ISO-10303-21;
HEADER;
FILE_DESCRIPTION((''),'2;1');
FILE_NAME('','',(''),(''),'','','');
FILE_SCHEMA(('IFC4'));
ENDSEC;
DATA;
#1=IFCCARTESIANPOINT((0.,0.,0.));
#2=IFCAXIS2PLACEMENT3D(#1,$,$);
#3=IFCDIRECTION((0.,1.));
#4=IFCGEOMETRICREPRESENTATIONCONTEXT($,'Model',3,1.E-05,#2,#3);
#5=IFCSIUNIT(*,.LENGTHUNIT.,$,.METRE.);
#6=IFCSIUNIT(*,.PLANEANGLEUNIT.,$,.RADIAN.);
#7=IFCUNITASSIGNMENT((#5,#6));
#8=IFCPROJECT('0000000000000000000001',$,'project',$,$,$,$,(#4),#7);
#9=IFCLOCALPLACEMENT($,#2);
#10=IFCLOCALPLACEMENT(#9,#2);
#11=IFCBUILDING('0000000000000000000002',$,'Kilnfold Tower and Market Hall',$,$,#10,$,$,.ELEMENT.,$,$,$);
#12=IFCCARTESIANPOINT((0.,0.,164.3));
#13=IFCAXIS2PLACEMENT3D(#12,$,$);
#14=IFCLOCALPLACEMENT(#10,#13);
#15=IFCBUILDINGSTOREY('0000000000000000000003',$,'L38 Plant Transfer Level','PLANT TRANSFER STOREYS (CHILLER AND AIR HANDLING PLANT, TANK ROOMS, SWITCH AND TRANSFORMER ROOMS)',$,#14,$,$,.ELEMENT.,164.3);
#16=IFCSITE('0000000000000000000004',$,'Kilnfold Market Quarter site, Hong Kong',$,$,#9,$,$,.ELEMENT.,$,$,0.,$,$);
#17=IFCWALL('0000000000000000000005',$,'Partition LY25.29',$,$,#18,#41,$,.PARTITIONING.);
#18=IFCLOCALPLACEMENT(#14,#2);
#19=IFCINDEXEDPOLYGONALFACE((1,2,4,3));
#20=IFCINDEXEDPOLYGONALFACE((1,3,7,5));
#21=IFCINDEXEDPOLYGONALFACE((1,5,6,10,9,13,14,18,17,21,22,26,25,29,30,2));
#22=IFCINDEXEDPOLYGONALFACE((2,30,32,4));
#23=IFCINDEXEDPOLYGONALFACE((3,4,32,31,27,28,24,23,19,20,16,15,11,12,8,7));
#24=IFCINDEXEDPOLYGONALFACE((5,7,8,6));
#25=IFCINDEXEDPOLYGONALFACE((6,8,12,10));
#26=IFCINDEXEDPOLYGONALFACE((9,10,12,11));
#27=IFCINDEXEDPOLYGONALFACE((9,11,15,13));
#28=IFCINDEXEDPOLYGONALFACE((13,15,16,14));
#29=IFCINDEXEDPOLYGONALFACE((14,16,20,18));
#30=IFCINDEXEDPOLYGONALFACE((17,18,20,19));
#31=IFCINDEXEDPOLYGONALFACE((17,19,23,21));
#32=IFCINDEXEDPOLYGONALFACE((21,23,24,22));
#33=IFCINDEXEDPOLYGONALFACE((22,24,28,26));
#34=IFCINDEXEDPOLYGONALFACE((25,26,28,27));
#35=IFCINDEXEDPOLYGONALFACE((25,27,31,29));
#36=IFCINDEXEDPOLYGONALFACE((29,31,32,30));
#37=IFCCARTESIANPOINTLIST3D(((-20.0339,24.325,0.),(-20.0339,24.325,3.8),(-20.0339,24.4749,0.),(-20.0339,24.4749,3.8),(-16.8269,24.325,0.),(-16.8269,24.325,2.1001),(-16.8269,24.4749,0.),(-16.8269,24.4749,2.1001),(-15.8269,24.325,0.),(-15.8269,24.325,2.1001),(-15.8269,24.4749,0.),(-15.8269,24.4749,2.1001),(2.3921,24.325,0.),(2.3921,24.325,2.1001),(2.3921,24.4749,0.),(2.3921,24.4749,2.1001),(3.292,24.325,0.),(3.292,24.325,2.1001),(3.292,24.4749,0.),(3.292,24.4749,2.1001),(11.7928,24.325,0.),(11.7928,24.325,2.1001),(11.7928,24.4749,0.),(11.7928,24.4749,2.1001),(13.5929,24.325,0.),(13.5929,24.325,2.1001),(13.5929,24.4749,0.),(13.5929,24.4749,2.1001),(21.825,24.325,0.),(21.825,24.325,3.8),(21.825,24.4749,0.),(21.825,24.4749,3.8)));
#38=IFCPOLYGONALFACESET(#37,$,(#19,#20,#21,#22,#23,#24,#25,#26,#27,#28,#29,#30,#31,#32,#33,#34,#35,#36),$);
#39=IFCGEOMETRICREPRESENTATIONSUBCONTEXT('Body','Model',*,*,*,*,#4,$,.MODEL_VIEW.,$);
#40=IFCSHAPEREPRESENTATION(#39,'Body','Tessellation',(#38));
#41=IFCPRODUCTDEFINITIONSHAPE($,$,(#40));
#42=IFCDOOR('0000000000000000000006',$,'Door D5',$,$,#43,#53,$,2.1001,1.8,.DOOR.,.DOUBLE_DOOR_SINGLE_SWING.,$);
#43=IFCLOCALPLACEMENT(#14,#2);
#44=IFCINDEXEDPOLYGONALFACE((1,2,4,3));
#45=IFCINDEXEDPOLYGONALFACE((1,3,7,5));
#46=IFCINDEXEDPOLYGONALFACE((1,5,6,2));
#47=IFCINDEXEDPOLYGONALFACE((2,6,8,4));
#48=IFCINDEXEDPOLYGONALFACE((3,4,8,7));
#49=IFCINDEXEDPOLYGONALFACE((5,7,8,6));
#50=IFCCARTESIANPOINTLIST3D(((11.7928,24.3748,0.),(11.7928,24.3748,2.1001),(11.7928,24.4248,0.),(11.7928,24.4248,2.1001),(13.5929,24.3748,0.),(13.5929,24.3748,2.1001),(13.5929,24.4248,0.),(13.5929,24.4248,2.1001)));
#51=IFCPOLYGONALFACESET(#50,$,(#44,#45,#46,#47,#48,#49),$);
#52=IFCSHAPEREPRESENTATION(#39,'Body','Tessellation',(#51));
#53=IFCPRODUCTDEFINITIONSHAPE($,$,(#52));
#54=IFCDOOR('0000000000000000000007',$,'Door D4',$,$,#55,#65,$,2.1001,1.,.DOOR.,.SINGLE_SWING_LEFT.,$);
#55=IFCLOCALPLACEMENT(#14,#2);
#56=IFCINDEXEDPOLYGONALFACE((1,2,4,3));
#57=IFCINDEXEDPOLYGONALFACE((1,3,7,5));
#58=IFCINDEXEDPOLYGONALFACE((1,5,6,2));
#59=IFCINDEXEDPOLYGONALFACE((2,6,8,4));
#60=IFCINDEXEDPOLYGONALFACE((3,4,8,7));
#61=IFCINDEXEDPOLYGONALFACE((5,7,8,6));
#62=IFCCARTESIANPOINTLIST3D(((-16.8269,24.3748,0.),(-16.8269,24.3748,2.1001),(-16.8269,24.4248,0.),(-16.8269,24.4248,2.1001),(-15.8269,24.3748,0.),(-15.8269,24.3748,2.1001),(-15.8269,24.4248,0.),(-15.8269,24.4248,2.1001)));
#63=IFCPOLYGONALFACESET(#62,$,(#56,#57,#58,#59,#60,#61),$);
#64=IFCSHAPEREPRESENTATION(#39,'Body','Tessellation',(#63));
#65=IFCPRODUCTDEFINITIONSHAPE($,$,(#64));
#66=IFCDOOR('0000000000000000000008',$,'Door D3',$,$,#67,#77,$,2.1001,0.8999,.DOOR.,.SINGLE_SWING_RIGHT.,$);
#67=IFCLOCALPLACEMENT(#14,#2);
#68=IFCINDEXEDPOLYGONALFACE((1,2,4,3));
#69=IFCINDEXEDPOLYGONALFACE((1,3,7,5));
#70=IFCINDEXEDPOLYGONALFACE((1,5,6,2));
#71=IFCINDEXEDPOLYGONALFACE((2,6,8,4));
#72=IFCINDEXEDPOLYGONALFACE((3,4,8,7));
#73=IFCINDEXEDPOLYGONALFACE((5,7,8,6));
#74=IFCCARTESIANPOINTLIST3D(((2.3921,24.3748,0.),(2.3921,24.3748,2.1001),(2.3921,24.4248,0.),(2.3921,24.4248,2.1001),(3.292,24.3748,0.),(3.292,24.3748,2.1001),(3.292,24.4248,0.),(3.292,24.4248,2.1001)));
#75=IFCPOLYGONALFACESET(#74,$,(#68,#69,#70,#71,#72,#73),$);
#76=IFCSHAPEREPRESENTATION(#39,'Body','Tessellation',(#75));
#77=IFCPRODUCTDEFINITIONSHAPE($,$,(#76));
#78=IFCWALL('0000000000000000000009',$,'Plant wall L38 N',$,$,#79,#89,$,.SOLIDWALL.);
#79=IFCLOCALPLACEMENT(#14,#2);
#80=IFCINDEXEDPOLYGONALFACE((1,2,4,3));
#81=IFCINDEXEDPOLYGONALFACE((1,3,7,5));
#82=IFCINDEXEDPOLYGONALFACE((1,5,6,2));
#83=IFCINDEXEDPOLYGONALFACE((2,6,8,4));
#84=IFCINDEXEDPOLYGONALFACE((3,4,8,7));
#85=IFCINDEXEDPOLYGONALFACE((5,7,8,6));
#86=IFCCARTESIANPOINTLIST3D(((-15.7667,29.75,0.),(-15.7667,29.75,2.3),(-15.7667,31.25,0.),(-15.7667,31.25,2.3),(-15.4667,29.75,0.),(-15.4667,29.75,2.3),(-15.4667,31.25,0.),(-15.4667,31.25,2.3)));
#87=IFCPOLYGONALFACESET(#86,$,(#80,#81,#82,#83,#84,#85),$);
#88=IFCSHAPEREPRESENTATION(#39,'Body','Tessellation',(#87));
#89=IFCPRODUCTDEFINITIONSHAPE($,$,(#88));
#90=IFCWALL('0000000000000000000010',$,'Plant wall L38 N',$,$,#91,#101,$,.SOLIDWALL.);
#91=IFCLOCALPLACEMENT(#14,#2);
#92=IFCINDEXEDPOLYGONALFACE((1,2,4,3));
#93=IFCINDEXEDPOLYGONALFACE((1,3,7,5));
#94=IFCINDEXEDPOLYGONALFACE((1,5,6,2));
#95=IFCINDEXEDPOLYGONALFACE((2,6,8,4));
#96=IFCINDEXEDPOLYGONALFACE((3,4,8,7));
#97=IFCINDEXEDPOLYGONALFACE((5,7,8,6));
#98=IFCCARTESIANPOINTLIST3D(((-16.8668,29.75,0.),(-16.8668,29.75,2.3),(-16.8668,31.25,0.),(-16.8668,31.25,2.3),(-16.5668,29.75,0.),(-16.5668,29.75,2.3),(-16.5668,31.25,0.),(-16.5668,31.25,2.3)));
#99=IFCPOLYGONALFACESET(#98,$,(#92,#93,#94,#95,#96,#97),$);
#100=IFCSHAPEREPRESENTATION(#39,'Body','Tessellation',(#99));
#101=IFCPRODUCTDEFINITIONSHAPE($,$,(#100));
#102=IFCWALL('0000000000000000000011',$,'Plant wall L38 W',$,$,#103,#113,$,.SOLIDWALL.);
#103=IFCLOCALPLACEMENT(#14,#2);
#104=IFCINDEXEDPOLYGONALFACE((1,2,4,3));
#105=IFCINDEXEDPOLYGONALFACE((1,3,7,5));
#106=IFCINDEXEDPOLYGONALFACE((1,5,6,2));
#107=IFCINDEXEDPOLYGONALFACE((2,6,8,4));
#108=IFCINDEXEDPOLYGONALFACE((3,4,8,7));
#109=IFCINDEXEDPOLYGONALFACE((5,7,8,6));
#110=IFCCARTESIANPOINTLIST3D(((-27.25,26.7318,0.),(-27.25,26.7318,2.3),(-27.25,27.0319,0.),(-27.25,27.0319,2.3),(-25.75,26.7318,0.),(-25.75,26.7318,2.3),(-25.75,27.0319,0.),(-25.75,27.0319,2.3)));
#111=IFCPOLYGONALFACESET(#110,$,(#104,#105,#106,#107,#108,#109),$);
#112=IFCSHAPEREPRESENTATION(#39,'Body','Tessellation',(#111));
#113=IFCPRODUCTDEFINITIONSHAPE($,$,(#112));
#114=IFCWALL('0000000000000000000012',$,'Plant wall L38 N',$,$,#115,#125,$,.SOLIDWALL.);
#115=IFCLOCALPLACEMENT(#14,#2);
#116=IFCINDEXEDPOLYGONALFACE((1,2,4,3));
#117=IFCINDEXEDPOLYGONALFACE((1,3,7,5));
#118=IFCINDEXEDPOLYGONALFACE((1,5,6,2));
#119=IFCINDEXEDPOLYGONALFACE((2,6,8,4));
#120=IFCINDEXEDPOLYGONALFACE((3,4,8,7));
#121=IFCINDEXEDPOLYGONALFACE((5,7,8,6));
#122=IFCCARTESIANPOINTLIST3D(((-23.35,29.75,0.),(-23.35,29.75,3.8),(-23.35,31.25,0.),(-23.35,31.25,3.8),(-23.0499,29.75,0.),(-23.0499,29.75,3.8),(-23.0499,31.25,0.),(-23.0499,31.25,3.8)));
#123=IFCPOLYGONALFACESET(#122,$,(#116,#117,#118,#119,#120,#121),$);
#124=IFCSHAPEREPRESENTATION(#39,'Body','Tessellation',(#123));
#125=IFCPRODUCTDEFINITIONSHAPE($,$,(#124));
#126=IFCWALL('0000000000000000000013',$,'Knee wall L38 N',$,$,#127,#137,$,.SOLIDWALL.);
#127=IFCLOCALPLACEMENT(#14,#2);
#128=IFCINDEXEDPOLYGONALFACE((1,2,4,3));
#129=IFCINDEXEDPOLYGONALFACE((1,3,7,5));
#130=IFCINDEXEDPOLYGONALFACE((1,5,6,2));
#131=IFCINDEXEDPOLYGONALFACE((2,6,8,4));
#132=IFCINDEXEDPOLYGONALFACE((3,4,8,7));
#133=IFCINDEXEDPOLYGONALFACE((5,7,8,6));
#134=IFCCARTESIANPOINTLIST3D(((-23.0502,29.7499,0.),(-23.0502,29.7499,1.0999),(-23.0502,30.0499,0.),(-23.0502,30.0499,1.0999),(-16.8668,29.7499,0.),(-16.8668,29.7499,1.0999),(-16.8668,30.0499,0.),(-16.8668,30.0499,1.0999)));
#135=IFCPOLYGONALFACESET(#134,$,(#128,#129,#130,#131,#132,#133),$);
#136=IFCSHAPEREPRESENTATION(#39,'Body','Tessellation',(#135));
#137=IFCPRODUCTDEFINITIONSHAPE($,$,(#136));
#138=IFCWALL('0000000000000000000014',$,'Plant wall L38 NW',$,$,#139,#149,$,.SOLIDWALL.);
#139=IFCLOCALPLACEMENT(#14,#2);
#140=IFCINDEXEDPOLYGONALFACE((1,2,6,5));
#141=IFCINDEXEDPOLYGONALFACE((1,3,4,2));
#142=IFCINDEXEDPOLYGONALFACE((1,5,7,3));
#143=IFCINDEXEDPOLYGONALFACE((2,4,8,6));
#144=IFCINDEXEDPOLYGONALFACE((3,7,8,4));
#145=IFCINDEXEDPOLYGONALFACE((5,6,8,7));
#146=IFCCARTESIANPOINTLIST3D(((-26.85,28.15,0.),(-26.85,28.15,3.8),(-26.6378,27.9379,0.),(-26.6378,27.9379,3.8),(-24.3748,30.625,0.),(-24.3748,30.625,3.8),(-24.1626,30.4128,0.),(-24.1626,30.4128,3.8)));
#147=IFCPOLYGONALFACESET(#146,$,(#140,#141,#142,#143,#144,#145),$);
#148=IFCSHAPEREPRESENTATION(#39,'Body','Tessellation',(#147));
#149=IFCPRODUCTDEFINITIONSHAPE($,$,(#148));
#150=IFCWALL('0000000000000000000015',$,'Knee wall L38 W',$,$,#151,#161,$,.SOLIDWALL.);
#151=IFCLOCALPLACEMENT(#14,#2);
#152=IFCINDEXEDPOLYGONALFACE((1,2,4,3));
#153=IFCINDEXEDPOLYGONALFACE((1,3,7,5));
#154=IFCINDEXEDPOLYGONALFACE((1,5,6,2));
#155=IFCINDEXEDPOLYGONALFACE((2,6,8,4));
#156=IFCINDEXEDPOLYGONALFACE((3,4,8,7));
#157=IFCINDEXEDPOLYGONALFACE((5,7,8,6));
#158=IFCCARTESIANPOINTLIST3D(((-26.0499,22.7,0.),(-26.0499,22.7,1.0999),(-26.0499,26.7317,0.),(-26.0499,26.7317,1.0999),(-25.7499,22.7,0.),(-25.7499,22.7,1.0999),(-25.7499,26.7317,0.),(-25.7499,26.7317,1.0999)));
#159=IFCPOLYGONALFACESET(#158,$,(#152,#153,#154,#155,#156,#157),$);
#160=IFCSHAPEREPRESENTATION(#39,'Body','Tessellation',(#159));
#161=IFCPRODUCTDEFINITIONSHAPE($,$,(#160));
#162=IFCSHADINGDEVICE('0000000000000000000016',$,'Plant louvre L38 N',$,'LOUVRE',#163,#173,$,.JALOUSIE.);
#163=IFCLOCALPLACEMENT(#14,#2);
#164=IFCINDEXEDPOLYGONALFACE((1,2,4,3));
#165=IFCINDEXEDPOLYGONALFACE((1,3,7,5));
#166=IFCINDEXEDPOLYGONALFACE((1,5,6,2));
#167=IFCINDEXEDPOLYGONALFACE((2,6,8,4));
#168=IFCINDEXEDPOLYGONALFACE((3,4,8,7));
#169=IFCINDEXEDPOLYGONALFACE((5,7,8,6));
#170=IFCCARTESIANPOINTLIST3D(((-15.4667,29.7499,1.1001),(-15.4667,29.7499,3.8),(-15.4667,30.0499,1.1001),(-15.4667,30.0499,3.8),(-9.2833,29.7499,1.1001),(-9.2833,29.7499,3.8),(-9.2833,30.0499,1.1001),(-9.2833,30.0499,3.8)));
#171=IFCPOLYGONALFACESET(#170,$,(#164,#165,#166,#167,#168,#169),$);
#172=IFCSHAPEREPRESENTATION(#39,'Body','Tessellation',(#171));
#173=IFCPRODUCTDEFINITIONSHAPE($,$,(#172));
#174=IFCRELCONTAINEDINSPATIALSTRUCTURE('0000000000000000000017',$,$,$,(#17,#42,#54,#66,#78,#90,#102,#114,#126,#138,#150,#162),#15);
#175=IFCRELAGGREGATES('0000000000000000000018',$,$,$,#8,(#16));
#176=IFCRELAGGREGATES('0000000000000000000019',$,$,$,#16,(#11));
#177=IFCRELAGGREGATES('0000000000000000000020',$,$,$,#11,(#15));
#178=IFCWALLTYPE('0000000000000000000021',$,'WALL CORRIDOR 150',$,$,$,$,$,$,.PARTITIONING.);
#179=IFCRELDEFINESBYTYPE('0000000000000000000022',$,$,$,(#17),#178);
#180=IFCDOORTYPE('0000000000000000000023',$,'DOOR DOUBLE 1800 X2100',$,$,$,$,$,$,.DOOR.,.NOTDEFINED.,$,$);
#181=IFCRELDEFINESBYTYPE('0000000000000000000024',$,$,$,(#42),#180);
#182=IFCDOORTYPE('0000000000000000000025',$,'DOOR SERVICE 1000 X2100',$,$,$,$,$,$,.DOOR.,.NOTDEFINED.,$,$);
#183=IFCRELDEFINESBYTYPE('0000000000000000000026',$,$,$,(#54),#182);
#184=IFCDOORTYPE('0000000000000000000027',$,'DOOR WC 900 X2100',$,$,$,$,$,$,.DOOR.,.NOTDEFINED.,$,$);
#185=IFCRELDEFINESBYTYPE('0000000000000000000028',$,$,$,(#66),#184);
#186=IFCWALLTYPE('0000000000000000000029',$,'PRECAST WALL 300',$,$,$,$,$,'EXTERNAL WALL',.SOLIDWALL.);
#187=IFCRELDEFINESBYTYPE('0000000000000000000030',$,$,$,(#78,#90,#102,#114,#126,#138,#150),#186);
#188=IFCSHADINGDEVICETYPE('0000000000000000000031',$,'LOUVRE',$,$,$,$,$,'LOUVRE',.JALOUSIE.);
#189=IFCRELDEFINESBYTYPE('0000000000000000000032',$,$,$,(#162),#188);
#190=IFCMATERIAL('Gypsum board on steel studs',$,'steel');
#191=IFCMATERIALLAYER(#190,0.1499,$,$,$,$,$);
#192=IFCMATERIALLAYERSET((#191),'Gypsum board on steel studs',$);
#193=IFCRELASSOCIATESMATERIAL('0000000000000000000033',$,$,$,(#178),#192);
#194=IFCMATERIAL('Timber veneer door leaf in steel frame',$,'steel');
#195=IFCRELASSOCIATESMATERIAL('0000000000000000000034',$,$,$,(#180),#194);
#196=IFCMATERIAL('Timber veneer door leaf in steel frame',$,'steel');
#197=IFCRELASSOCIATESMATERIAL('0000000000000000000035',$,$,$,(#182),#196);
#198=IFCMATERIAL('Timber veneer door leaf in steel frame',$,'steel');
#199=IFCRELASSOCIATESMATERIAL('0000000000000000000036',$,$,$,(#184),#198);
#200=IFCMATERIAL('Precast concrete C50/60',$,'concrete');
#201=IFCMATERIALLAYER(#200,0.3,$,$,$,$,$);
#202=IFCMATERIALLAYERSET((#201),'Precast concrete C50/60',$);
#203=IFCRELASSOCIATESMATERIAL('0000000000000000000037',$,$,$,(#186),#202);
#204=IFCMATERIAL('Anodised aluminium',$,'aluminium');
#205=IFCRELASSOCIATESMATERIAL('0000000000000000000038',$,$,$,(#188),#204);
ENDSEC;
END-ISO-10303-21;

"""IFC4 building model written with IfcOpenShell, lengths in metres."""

from ifc_helpers import new_model, si_unit, direction, frame, frame_2d, origin, origin_2d, place, context, subcontext, project, spatial, rectangle, extrude, source, transform, mapped, material, layer, layer_set, type_object, element, fill, save


model = new_model("IFC4")

# Units and contexts
model_context = context("Model", 3, precision=1e-05, world=origin(), true_north=direction((0.0, 1.0)))
body_context = subcontext(model_context, "Body", "Model", "MODEL_VIEW")
ifc_project = project(units=[si_unit("LENGTHUNIT", "METRE"), si_unit("PLANEANGLEUNIT", "RADIAN")], contexts=[model_context])

# Site, building, storey
site_placement = place(None, origin())
site = spatial("IfcSite", under=ifc_project, at=site_placement, Name="Kilnfold Market Quarter site, Hong Kong", CompositionType="ELEMENT", RefElevation=0.0)
building_placement = place(site_placement, origin())
building = spatial("IfcBuilding", under=site, at=building_placement, Name="Kilnfold Tower and Market Hall", CompositionType="ELEMENT")
storey_placement = place(building_placement, frame((0.0, 0.0, 164.3)))
storey = spatial("IfcBuildingStorey", under=building, at=storey_placement, Name="L38 Plant Transfer Level", Description="PLANT TRANSFER STOREYS (CHILLER AND AIR HANDLING PLANT, TANK ROOMS, SWITCH AND TRANSFORMER ROOMS)", CompositionType="ELEMENT", Elevation=164.3)

# Wall, openings, doors
ifc_material_1 = material(Name="Gypsum board on steel studs", Category="steel")
ifc_layer_1 = layer(ifc_material_1, 0.1499)
ifc_layer_set_1 = layer_set([ifc_layer_1], Name="Gypsum board on steel studs")
wall_type_1 = type_object("IfcWallType", Name="WALL CORRIDOR 150", PredefinedType="PARTITIONING", material=ifc_layer_set_1)
wall_1_placement = place(storey_placement, frame((-20.0339, 24.3999, 0.0), z_axis=(0.0, 0.0, 1.0), x_axis=(1.0, 0.0, 0.0)))
wall_1 = element("IfcWall", 1, at=wall_1_placement, inside=storey, type_object=wall_type_1, Name="Partition LY25.29", PredefinedType="PARTITIONING", context=body_context, shape_type="SweptSolid", body=[
    extrude(rectangle(XDim=41.8589, YDim=0.1499, at=frame_2d((20.9294, 0.0))), origin(), (0.0, 0.0, 1.0), 3.8),
])
opening_1_placement = place(wall_1_placement, frame((3.207, 0.0, 0.0)))
opening_1 = element("IfcOpeningElement", 2, at=opening_1_placement, cuts=wall_1, PredefinedType="OPENING", context=body_context, shape_type="SweptSolid", body=[
    extrude(rectangle(XDim=1.0, YDim=2.1001, at=frame_2d((0.5, 1.05))), frame((0.0, 0.085, 0.0), z_axis=(0.0, -1.0, 0.0), x_axis=(1.0, 0.0, 0.0)), (0.0, 0.0, 1.0), 0.1699),
])
opening_2_placement = place(wall_1_placement, frame((22.426, 0.0, 0.0)))
opening_2 = element("IfcOpeningElement", 3, at=opening_2_placement, cuts=wall_1, PredefinedType="OPENING", context=body_context, shape_type="SweptSolid", body=[
    extrude(rectangle(XDim=0.8999, YDim=2.1001, at=frame_2d((0.45, 1.05))), frame((0.0, 0.085, 0.0), z_axis=(0.0, -1.0, 0.0), x_axis=(1.0, 0.0, 0.0)), (0.0, 0.0, 1.0), 0.1699),
])
opening_3_placement = place(wall_1_placement, frame((31.8269, 0.0, 0.0)))
opening_3 = element("IfcOpeningElement", 4, at=opening_3_placement, cuts=wall_1, PredefinedType="OPENING", context=body_context, shape_type="SweptSolid", body=[
    extrude(rectangle(XDim=1.8, YDim=2.1001, at=frame_2d((0.8999, 1.05))), frame((0.0, 0.085, 0.0), z_axis=(0.0, -1.0, 0.0), x_axis=(1.0, 0.0, 0.0)), (0.0, 0.0, 1.0), 0.1699),
])
ifc_material_2 = material(Name="Timber veneer door leaf in steel frame", Category="steel")
door_type_1 = type_object("IfcDoorType", Name="DOOR DOUBLE 1800 X2100", OperationType="NOTDEFINED", PredefinedType="DOOR", material=ifc_material_2)
door_1_placement = place(opening_3_placement, origin())
door_1 = element("IfcDoor", 5, at=door_1_placement, inside=storey, type_object=door_type_1, Name="Door D5", OperationType="DOUBLE_DOOR_SINGLE_SWING", OverallHeight=2.1001, OverallWidth=1.8, PredefinedType="DOOR", context=body_context, shape_type="SweptSolid", body=[
    extrude(rectangle(XDim=1.8, YDim=2.1001, at=frame_2d((0.8999, 1.05))), frame((0.0, 0.0249, 0.0), z_axis=(0.0, -1.0, 0.0), x_axis=(1.0, 0.0, 0.0)), (0.0, 0.0, 1.0), 0.05),
])
fill(opening_3, door_1)
ifc_material_3 = material(Name="Timber veneer door leaf in steel frame", Category="steel")
door_type_2 = type_object("IfcDoorType", Name="DOOR SERVICE 1000 X2100", OperationType="NOTDEFINED", PredefinedType="DOOR", material=ifc_material_3)
door_2_placement = place(opening_1_placement, origin())
door_2 = element("IfcDoor", 6, at=door_2_placement, inside=storey, type_object=door_type_2, Name="Door D4", OperationType="SINGLE_SWING_LEFT", OverallHeight=2.1001, OverallWidth=1.0, PredefinedType="DOOR", context=body_context, shape_type="SweptSolid", body=[
    extrude(rectangle(XDim=1.0, YDim=2.1001, at=frame_2d((0.5, 1.05))), frame((0.0, 0.0249, 0.0), z_axis=(0.0, -1.0, 0.0), x_axis=(1.0, 0.0, 0.0)), (0.0, 0.0, 1.0), 0.05),
])
fill(opening_1, door_2)
ifc_material_4 = material(Name="Timber veneer door leaf in steel frame", Category="steel")
door_type_3 = type_object("IfcDoorType", Name="DOOR WC 900 X2100", OperationType="NOTDEFINED", PredefinedType="DOOR", material=ifc_material_4)
door_3_placement = place(opening_2_placement, origin())
door_3 = element("IfcDoor", 7, at=door_3_placement, inside=storey, type_object=door_type_3, Name="Door D3", OperationType="SINGLE_SWING_RIGHT", OverallHeight=2.1001, OverallWidth=0.8999, PredefinedType="DOOR", context=body_context, shape_type="SweptSolid", body=[
    extrude(rectangle(XDim=0.8999, YDim=2.1001, at=frame_2d((0.45, 1.05))), frame((0.0, 0.0249, 0.0), z_axis=(0.0, -1.0, 0.0), x_axis=(1.0, 0.0, 0.0)), (0.0, 0.0, 1.0), 0.05),
])
fill(opening_2, door_3)

# Walls
ifc_material_5 = material(Name="Precast concrete C50/60", Category="concrete")
ifc_layer_2 = layer(ifc_material_5, 0.3)
ifc_layer_set_2 = layer_set([ifc_layer_2], Name="Precast concrete C50/60")
wall_type_2 = type_object("IfcWallType", Name="PRECAST WALL 300", ElementType="EXTERNAL WALL", PredefinedType="SOLIDWALL", material=ifc_layer_set_2)
shared_shape_1 = source(origin(), body_context, "Body", "SweptSolid", [
    extrude(rectangle(XDim=1.5, YDim=0.3, at=frame_2d((0.75, 0.0))), origin(), (0.0, 0.0, 1.0), 2.3),
])
for number, where, z_axis, x_axis, name in (
    (8, (-15.6167, 31.25, 0.0), (0.0, 0.0, 1.0), (0.0, -1.0, 0.0), "Plant wall L38 N"),
    (9, (-16.7168, 31.25, 0.0), (0.0, 0.0, 1.0), (0.0, -1.0, 0.0), "Plant wall L38 N"),
    (10, (-27.25, 26.8818, 0.0), (0.0, 0.0, 1.0), (1.0, 0.0, 0.0), "Plant wall L38 W"),
):
    element("IfcWall", number, at=place(storey_placement, frame(where, z_axis=z_axis, x_axis=x_axis)), inside=storey, type_object=wall_type_2, Name=name, PredefinedType="SOLIDWALL", context=body_context, shape_type="MappedRepresentation", body=[
        mapped(shared_shape_1, transform((0.0, 0.0, 0.0))),
    ])
shared_shape_2 = source(origin(), body_context, "Body", "SweptSolid", [
    extrude(rectangle(XDim=1.5, YDim=0.3, at=frame_2d((0.75, 0.0))), origin(), (0.0, 0.0, 1.0), 3.8),
])
wall_2_placement = place(storey_placement, frame((-23.2, 31.25, 0.0), z_axis=(0.0, 0.0, 1.0), x_axis=(0.0, -1.0, 0.0)))
element("IfcWall", 11, at=wall_2_placement, inside=storey, type_object=wall_type_2, Name="Plant wall L38 N", PredefinedType="SOLIDWALL", context=body_context, shape_type="MappedRepresentation", body=[
    mapped(shared_shape_2, transform((0.0, 0.0, 0.0))),
])
shared_shape_3 = source(origin(), body_context, "Body", "SweptSolid", [
    extrude(rectangle(XDim=6.1833, YDim=0.3, at=frame_2d((3.0918, 0.0))), origin(), (0.0, 0.0, 1.0), 1.0999),
])
wall_3_placement = place(storey_placement, frame((-16.8667, 29.8999, 0.0), z_axis=(0.0, 0.0, 1.0), x_axis=(-1.0, 0.0, 0.0)))
element("IfcWall", 12, at=wall_3_placement, inside=storey, type_object=wall_type_2, Name="Knee wall L38 N", PredefinedType="SOLIDWALL", context=body_context, shape_type="MappedRepresentation", body=[
    mapped(shared_shape_3, transform((0.0, 0.0, 0.0))),
])
shared_shape_4 = source(origin(), body_context, "Body", "SweptSolid", [
    extrude(rectangle(XDim=3.5002, YDim=0.3, at=frame_2d((1.75, 0.0))), origin(), (0.0, 0.0, 1.0), 3.8),
])
wall_4_placement = place(storey_placement, frame((-24.2688, 30.5188, 0.0), z_axis=(0.0, 0.0, 1.0), x_axis=(-0.707142, -0.707072, 0.0)))
element("IfcWall", 13, at=wall_4_placement, inside=storey, type_object=wall_type_2, Name="Plant wall L38 NW", PredefinedType="SOLIDWALL", context=body_context, shape_type="MappedRepresentation", body=[
    mapped(shared_shape_4, transform((0.0, 0.0, 0.0))),
])
shared_shape_5 = source(origin(), body_context, "Body", "SweptSolid", [
    extrude(rectangle(XDim=4.0317, YDim=0.3, at=frame_2d((2.0159, 0.0))), origin(), (0.0, 0.0, 1.0), 1.0999),
])
wall_5_placement = place(storey_placement, frame((-25.8999, 26.7317, 0.0), z_axis=(0.0, 0.0, 1.0), x_axis=(0.0, -1.0, 0.0)))
element("IfcWall", 14, at=wall_5_placement, inside=storey, type_object=wall_type_2, Name="Knee wall L38 W", PredefinedType="SOLIDWALL", context=body_context, shape_type="MappedRepresentation", body=[
    mapped(shared_shape_5, transform((0.0, 0.0, 0.0))),
])

# Shading device
ifc_material_6 = material(Name="Anodised aluminium", Category="aluminium")
shading_device_type_1 = type_object("IfcShadingDeviceType", Name="LOUVRE", ElementType="LOUVRE", PredefinedType="JALOUSIE", material=ifc_material_6)
shared_shape_6 = source(origin(), body_context, "Body", "SweptSolid", [
    extrude(rectangle(XDim=6.1833, YDim=0.3, at=origin_2d()), origin(), (0.0, 0.0, 1.0), 2.7),
])
for number, where, z_axis, x_axis, name in (
    (15, (-12.375, 29.8999, 1.1001), (0.0, 0.0, 1.0), (-1.0, 0.0, 0.0), "Plant louvre L38 N"),
):
    element("IfcShadingDevice", number, at=place(storey_placement, frame(where, z_axis=z_axis, x_axis=x_axis)), inside=storey, type_object=shading_device_type_1, Name=name, ObjectType="LOUVRE", PredefinedType="JALOUSIE", context=body_context, shape_type="MappedRepresentation", body=[
        mapped(shared_shape_6, transform((0.0, 0.0, 0.0))),
    ])

save(model, "model.ifc")
